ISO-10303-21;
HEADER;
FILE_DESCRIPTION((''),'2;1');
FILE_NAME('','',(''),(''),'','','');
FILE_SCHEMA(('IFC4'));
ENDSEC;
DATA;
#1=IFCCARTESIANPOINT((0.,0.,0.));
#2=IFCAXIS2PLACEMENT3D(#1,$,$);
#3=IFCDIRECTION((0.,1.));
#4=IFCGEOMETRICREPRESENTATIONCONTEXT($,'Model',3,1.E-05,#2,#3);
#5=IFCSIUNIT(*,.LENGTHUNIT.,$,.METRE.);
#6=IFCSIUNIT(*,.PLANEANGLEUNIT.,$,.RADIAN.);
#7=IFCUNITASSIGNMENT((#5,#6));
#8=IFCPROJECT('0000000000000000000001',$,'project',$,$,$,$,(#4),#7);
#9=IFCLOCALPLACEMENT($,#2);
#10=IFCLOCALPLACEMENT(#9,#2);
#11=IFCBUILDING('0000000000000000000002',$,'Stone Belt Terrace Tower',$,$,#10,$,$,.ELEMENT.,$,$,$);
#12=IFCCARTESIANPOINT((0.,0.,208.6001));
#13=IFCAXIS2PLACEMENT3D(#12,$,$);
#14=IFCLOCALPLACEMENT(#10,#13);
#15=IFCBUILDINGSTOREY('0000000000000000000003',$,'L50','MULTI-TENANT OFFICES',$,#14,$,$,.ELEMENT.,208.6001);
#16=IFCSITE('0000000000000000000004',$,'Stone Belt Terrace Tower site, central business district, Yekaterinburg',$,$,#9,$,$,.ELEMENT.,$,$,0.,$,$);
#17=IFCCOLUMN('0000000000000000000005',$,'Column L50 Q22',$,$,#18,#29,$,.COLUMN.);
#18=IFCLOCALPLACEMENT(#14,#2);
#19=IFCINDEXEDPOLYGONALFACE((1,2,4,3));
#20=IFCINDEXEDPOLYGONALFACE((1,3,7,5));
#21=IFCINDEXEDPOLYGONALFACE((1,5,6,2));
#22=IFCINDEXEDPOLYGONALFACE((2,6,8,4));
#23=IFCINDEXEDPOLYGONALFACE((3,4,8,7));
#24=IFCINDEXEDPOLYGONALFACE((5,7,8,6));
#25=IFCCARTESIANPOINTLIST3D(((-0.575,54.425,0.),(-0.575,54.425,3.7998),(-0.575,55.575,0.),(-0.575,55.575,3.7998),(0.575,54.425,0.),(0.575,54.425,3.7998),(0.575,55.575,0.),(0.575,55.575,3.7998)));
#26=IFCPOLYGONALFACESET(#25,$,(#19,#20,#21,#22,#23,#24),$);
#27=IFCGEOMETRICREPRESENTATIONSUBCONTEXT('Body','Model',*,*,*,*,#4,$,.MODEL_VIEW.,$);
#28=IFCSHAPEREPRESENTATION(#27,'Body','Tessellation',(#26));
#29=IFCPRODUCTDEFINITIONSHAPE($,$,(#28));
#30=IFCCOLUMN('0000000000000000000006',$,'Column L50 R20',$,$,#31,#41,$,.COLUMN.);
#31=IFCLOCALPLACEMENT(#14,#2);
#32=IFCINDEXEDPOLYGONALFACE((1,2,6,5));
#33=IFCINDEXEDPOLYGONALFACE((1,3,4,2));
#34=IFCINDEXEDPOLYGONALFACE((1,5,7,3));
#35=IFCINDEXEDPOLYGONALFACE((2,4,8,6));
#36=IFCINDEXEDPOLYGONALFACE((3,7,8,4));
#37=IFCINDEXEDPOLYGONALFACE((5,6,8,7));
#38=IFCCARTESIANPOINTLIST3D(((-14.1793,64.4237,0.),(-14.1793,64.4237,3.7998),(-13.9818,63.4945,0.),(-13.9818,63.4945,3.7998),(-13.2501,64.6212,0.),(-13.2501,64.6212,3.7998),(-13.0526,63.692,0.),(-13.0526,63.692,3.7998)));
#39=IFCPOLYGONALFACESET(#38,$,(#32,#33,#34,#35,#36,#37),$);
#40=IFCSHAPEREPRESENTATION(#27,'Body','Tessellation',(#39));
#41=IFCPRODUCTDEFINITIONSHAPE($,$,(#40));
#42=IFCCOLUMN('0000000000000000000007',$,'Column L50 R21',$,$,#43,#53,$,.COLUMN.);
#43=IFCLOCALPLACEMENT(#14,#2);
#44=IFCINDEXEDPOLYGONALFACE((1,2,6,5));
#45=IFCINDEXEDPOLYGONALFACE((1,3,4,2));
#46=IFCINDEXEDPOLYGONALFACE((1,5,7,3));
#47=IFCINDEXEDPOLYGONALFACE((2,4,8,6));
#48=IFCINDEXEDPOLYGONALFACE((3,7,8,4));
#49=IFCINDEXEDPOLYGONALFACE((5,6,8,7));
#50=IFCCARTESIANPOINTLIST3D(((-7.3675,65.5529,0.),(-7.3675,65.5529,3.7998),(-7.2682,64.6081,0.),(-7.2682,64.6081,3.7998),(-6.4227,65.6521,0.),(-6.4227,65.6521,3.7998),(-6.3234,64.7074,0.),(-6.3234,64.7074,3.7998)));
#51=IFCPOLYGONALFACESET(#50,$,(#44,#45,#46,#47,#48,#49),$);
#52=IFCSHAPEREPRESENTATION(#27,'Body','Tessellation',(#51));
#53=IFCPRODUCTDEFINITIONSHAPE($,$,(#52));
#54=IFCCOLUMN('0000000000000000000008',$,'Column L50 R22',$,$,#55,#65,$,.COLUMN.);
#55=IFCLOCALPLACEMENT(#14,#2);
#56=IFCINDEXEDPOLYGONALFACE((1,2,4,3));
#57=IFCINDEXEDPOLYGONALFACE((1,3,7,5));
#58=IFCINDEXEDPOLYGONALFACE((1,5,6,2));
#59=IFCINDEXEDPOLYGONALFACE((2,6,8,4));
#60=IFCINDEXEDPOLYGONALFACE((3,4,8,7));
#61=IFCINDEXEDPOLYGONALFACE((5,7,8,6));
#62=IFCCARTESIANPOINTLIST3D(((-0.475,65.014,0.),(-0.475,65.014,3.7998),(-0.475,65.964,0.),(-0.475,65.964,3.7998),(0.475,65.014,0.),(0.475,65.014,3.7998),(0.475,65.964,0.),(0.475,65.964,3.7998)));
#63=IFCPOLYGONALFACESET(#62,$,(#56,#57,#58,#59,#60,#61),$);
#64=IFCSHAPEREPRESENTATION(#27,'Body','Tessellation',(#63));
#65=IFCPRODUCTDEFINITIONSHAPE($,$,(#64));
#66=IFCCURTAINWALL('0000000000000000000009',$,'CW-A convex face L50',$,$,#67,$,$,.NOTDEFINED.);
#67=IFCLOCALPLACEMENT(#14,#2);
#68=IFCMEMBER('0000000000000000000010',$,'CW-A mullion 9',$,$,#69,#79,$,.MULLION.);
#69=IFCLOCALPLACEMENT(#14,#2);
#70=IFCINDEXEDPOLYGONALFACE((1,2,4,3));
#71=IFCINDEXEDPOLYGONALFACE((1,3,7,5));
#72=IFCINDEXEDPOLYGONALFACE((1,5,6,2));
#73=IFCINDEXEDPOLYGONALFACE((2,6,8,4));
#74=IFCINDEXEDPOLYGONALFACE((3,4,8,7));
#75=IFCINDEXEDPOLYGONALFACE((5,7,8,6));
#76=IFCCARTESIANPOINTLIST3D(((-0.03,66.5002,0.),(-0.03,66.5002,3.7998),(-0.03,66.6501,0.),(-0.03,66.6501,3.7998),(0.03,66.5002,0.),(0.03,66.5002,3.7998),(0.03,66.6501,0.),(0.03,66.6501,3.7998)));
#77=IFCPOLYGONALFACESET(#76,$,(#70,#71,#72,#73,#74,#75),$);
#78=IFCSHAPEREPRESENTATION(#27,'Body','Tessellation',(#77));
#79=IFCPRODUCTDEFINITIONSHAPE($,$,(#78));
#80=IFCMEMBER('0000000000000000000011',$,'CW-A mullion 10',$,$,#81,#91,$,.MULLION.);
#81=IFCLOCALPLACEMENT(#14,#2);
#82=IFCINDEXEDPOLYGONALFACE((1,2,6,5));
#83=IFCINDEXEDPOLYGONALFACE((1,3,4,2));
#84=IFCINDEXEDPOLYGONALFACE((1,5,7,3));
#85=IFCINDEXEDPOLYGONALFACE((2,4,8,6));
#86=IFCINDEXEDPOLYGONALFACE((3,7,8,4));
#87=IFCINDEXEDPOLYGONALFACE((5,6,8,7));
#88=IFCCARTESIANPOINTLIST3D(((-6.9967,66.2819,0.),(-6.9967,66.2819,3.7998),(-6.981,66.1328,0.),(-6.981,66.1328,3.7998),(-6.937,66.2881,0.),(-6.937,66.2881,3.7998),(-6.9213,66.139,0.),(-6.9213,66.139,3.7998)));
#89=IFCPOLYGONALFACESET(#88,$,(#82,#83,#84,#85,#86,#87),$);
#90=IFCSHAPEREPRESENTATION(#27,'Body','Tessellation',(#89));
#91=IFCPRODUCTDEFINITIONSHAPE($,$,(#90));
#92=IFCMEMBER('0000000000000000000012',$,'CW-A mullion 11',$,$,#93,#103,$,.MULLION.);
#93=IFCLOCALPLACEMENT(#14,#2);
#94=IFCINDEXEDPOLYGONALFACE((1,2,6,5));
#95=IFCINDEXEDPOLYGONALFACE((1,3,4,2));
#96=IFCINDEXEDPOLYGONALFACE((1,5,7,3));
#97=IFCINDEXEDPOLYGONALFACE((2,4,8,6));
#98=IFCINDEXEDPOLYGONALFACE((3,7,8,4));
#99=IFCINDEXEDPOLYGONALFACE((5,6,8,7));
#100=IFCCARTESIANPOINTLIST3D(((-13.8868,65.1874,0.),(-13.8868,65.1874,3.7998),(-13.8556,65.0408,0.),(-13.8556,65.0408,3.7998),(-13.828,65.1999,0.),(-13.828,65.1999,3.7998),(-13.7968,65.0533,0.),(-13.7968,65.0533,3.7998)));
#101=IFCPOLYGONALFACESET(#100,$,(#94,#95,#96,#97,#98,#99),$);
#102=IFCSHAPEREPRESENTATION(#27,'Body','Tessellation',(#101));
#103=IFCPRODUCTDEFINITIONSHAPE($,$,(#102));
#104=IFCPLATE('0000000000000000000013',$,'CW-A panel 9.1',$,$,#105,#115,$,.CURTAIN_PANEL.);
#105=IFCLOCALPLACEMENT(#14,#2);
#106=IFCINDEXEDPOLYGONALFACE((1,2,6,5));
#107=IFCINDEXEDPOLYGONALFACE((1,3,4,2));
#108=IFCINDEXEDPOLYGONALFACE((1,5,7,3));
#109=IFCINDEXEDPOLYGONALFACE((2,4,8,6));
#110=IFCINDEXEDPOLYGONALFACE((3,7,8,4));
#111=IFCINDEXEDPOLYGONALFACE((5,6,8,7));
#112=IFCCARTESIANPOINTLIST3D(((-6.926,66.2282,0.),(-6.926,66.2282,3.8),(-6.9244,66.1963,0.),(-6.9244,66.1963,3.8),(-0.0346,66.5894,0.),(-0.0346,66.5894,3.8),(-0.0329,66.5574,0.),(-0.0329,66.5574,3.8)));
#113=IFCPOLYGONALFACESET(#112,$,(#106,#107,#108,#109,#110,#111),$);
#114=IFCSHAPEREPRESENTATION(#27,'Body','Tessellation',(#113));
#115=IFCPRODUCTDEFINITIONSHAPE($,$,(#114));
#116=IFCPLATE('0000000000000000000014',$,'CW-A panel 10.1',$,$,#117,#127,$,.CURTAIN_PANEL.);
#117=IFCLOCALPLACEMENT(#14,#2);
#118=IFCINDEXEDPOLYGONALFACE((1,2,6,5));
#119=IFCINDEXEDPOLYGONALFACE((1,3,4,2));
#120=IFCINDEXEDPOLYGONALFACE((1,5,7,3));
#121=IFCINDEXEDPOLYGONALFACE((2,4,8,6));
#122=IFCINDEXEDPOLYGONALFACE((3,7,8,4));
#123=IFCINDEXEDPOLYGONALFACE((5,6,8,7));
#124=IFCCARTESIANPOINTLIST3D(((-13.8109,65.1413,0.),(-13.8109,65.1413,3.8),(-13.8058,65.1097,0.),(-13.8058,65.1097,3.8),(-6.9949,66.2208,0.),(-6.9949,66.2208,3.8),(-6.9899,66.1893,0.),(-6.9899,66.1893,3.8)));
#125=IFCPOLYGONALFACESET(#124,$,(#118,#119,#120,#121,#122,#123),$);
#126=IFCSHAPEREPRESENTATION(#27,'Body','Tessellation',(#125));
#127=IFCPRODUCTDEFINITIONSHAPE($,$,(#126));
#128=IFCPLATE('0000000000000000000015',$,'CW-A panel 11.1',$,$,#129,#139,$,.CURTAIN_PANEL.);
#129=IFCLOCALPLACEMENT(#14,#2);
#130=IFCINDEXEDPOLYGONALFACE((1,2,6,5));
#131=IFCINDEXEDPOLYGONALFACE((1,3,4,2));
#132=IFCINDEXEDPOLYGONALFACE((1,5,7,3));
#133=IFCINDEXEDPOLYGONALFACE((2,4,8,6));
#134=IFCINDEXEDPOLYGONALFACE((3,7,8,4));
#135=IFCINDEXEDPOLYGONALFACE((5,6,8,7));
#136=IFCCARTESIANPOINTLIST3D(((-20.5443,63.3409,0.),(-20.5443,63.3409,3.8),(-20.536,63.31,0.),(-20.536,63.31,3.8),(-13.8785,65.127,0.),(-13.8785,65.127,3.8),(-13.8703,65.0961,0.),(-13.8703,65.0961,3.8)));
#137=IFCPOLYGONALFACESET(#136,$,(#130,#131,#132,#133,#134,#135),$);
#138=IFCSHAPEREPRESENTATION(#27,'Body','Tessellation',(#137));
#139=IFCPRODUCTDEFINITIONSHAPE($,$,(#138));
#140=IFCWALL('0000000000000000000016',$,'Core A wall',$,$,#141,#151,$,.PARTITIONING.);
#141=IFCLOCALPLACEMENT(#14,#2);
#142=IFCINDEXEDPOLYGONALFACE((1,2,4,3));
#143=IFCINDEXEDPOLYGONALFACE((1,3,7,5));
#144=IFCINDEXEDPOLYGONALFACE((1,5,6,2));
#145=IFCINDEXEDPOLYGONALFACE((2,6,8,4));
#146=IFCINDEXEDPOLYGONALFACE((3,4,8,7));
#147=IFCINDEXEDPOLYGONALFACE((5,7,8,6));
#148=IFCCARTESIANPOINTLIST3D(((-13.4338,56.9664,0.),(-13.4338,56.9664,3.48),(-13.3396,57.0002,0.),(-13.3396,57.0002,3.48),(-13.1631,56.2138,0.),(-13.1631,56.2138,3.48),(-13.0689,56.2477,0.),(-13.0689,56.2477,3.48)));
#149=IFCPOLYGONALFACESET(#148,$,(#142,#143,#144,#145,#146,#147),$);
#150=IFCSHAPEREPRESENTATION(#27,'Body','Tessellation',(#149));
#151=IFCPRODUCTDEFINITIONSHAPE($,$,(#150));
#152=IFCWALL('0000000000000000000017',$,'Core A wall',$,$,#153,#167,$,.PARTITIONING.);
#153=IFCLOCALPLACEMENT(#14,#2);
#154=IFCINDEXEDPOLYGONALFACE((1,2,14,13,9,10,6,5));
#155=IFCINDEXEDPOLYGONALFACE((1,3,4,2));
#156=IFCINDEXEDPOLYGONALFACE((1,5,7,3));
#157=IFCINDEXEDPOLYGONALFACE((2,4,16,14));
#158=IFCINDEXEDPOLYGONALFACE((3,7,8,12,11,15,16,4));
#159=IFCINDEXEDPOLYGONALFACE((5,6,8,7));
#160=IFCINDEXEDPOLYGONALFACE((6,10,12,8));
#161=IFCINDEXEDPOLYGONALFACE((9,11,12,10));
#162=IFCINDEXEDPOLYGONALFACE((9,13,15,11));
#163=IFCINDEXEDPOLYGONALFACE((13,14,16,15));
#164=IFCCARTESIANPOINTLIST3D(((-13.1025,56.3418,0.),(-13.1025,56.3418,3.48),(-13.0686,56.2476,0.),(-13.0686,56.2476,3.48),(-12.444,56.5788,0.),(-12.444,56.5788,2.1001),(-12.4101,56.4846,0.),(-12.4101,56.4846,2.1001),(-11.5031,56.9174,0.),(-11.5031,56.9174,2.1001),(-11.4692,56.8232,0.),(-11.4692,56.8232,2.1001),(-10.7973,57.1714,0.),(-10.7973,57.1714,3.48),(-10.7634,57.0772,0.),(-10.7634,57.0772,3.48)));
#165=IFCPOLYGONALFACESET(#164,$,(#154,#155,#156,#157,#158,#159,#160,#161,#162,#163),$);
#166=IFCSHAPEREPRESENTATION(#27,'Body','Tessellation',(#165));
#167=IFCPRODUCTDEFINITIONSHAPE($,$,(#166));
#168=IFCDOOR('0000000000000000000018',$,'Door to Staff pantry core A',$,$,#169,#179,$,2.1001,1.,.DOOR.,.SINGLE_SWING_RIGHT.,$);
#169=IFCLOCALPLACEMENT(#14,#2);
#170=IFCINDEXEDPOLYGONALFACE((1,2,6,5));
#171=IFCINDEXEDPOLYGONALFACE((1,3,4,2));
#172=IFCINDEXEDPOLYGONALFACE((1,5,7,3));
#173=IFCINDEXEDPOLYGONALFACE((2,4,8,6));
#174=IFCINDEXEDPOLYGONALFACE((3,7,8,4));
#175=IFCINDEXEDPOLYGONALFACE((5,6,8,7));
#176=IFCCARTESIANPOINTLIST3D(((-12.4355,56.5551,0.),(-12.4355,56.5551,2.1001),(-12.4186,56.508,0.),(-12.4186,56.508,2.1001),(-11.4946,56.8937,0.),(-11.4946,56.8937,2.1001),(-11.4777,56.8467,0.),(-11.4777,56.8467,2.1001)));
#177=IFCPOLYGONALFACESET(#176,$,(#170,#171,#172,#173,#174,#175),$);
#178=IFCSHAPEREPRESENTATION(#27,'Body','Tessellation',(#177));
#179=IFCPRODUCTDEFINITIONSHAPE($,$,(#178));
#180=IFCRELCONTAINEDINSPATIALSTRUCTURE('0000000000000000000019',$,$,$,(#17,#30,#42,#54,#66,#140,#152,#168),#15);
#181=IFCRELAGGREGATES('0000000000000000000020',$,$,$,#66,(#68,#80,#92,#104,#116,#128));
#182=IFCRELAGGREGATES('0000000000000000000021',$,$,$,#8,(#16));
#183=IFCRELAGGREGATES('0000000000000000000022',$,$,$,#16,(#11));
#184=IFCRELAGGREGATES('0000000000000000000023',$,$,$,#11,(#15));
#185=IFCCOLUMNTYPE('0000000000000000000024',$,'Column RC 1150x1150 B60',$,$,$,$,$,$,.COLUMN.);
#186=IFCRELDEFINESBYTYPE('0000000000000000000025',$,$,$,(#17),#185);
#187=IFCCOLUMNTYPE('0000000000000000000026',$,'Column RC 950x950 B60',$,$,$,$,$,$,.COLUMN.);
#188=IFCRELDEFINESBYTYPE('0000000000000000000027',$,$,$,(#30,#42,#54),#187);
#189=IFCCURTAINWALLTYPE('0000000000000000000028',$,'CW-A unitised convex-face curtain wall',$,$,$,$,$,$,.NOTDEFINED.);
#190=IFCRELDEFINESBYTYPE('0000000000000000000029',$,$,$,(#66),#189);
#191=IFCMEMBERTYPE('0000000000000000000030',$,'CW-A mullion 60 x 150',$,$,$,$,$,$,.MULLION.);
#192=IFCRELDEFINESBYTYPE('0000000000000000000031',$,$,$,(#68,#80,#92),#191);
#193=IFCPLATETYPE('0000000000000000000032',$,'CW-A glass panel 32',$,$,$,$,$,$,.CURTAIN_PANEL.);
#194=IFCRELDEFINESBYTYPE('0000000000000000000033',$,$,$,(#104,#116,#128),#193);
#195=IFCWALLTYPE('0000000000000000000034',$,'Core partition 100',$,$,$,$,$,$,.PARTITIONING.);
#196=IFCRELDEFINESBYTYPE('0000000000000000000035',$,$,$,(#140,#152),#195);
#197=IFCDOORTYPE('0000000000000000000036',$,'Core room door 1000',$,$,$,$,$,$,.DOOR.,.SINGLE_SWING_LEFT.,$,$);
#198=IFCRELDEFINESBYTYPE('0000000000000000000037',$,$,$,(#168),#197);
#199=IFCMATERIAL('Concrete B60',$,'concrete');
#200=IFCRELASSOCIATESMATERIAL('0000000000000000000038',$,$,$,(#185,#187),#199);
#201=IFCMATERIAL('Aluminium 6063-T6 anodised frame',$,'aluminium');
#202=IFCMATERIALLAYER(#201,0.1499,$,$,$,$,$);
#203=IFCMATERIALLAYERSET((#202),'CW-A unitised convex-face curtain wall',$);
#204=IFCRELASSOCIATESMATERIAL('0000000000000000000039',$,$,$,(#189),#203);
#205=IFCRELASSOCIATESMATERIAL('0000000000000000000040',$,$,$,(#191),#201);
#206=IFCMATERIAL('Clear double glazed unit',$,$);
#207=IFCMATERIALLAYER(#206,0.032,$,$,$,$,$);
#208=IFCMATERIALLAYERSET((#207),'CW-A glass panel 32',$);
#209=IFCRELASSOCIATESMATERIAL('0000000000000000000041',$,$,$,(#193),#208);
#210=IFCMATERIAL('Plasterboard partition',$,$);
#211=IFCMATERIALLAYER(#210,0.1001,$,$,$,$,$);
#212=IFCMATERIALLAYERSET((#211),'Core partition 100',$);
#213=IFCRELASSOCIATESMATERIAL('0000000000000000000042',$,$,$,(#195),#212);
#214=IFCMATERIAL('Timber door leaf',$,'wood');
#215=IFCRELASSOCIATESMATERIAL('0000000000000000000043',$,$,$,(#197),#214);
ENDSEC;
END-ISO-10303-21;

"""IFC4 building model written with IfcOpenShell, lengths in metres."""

from ifc_helpers import new_model, si_unit, direction, frame, frame_2d, origin, origin_2d, place, context, subcontext, project, spatial, rectangle, extrude, material, layer, layer_set, material_profile, profile_set, type_object, element, fill, aggregate, save


model = new_model("IFC4")

# Units and contexts
model_context = context("Model", 3, precision=1e-05, world=origin(), true_north=direction((0.0, 1.0)))
body_context = subcontext(model_context, "Body", "Model", "MODEL_VIEW")
ifc_project = project(units=[si_unit("LENGTHUNIT", "METRE"), si_unit("PLANEANGLEUNIT", "RADIAN")], contexts=[model_context])

# Site, building, storey
site_placement = place(None, origin())
site = spatial("IfcSite", under=ifc_project, at=site_placement, Name="Stone Belt Terrace Tower site, central business district, Yekaterinburg", CompositionType="ELEMENT", RefElevation=0.0)
building_placement = place(site_placement, origin())
building = spatial("IfcBuilding", under=site, at=building_placement, Name="Stone Belt Terrace Tower", CompositionType="ELEMENT")
storey_placement = place(building_placement, frame((0.0, 0.0, 208.6001)))
storey = spatial("IfcBuildingStorey", under=building, at=storey_placement, Name="L50", Description="MULTI-TENANT OFFICES", CompositionType="ELEMENT", Elevation=208.6001)

# Columns
ifc_material_1 = material(Name="Concrete B60", Category="concrete")
ifc_material_profile_1 = material_profile(ifc_material_1, rectangle(XDim=1.1499, YDim=1.1499, at=origin_2d()), Name="RC 1150x1150")
ifc_profile_set_1 = profile_set([ifc_material_profile_1], Name="Concrete B60")
column_type_1 = type_object("IfcColumnType", Name="Column RC 1150x1150 B60", PredefinedType="COLUMN", material=ifc_profile_set_1)
column_placement = place(storey_placement, frame((0.0, 55.0, 0.0), z_axis=(0.0, 0.0, 1.0), x_axis=(1.0, 0.0, 0.0)))
element("IfcColumn", 1, at=column_placement, inside=storey, type_object=column_type_1, Name="Column L50 Q22", PredefinedType="COLUMN", context=body_context, shape_type="SweptSolid", body=[
    extrude(rectangle(XDim=1.1499, YDim=1.1499, at=origin_2d()), origin(), (0.0, 0.0, 1.0), 3.7998),
])
ifc_material_profile_2 = material_profile(ifc_material_1, rectangle(XDim=0.95, YDim=0.95, at=origin_2d()), Name="RC 950x950")
ifc_profile_set_2 = profile_set([ifc_material_profile_2], Name="Concrete B60")
column_type_2 = type_object("IfcColumnType", Name="Column RC 950x950 B60", PredefinedType="COLUMN", material=ifc_profile_set_2)
for number, where, z_axis, x_axis, name in (
    (2, (-13.616, 64.0579, 0.0), (0.0, 0.0, 1.0), (0.978148, 0.207912, 0.0), "Column L50 R20"),
    (3, (-6.8455, 65.1301, 0.0), (0.0, 0.0, 1.0), (0.994522, 0.104528, 0.0), "Column L50 R21"),
    (4, (0.0, 65.489, 0.0), (0.0, 0.0, 1.0), (1.0, 0.0, 0.0), "Column L50 R22"),
):
    element("IfcColumn", number, at=place(storey_placement, frame(where, z_axis=z_axis, x_axis=x_axis)), inside=storey, type_object=column_type_2, Name=name, PredefinedType="COLUMN", context=body_context, shape_type="SweptSolid", body=[
        extrude(rectangle(XDim=0.95, YDim=0.95, at=origin_2d()), origin(), (0.0, 0.0, 1.0), 3.7998),
    ])

# Curtain wall, members, plates
ifc_material_2 = material(Name="Aluminium 6063-T6 anodised frame", Category="aluminium")
ifc_layer_1 = layer(ifc_material_2, 0.1499)
ifc_layer_set_1 = layer_set([ifc_layer_1], Name="CW-A unitised convex-face curtain wall")
curtain_wall_type = type_object("IfcCurtainWallType", Name="CW-A unitised convex-face curtain wall", PredefinedType="NOTDEFINED", material=ifc_layer_set_1)
curtain_wall_placement = place(storey_placement, origin())
curtain_wall = element("IfcCurtainWall", 5, at=curtain_wall_placement, inside=storey, type_object=curtain_wall_type, Name="CW-A convex face L50", PredefinedType="NOTDEFINED")
ifc_material_profile_3 = material_profile(ifc_material_2, rectangle(XDim=0.1499, YDim=0.0601, at=origin_2d()), Name="Aluminium 6063-T6 60x150")
ifc_profile_set_3 = profile_set([ifc_material_profile_3], Name="Aluminium 6063-T6 anodised frame")
member_type = type_object("IfcMemberType", Name="CW-A mullion 60 x 150", PredefinedType="MULLION", material=ifc_profile_set_3)
member_1_placement = place(storey_placement, frame((0.0, 66.5752, 0.0), z_axis=(0.0, 0.0, 1.0), x_axis=(0.0, -1.0, 0.0)))
member_1 = element("IfcMember", 6, at=member_1_placement, type_object=member_type, Name="CW-A mullion 9", PredefinedType="MULLION", context=body_context, shape_type="SweptSolid", body=[
    extrude(rectangle(XDim=0.1499, YDim=0.0601, at=origin_2d()), origin(), (0.0, 0.0, 1.0), 3.7998),
])
member_2_placement = place(storey_placement, frame((-6.959, 66.2104, 0.0), z_axis=(0.0, 0.0, 1.0), x_axis=(0.104528, -0.994522, 0.0)))
member_2 = element("IfcMember", 7, at=member_2_placement, type_object=member_type, Name="CW-A mullion 10", PredefinedType="MULLION", context=body_context, shape_type="SweptSolid", body=[
    extrude(rectangle(XDim=0.1499, YDim=0.0601, at=origin_2d()), origin(), (0.0, 0.0, 1.0), 3.7998),
])
member_3_placement = place(storey_placement, frame((-13.8418, 65.1204, 0.0), z_axis=(0.0, 0.0, 1.0), x_axis=(0.207912, -0.978148, 0.0)))
member_3 = element("IfcMember", 8, at=member_3_placement, type_object=member_type, Name="CW-A mullion 11", PredefinedType="MULLION", context=body_context, shape_type="SweptSolid", body=[
    extrude(rectangle(XDim=0.1499, YDim=0.0601, at=origin_2d()), origin(), (0.0, 0.0, 1.0), 3.7998),
])
ifc_material_3 = material(Name="Clear double glazed unit")
ifc_layer_2 = layer(ifc_material_3, 0.032)
ifc_layer_set_2 = layer_set([ifc_layer_2], Name="CW-A glass panel 32")
plate_type = type_object("IfcPlateType", Name="CW-A glass panel 32", PredefinedType="CURTAIN_PANEL", material=ifc_layer_set_2)
plate_1_placement = place(storey_placement, frame((-3.4795, 66.3928, 0.0), z_axis=(0.0, 0.0, 1.0), x_axis=(-0.99863, -0.052336, 0.0)))
plate_1 = element("IfcPlate", 9, at=plate_1_placement, type_object=plate_type, Name="CW-A panel 9.1", PredefinedType="CURTAIN_PANEL", context=body_context, shape_type="SweptSolid", body=[
    extrude(rectangle(XDim=6.9009, YDim=0.032, at=origin_2d()), origin(), (0.0, 0.0, 1.0), 3.8),
])
plate_2_placement = place(storey_placement, frame((-10.4004, 65.6653, 0.0), z_axis=(0.0, 0.0, 1.0), x_axis=(-0.987688, -0.156434, 0.0)))
plate_2 = element("IfcPlate", 10, at=plate_2_placement, type_object=plate_type, Name="CW-A panel 10.1", PredefinedType="CURTAIN_PANEL", context=body_context, shape_type="SweptSolid", body=[
    extrude(rectangle(XDim=6.9009, YDim=0.032, at=origin_2d()), origin(), (0.0, 0.0, 1.0), 3.8),
])
plate_3_placement = place(storey_placement, frame((-17.2073, 64.2185, 0.0), z_axis=(0.0, 0.0, 1.0), x_axis=(-0.965926, -0.258819, 0.0)))
plate_3 = element("IfcPlate", 11, at=plate_3_placement, type_object=plate_type, Name="CW-A panel 11.1", PredefinedType="CURTAIN_PANEL", context=body_context, shape_type="SweptSolid", body=[
    extrude(rectangle(XDim=6.9009, YDim=0.032, at=origin_2d()), origin(), (0.0, 0.0, 1.0), 3.8),
])
aggregate(curtain_wall, [member_1, member_2, member_3, plate_1, plate_2, plate_3])

# Wall
ifc_material_4 = material(Name="Plasterboard partition")
ifc_layer_3 = layer(ifc_material_4, 0.1001)
ifc_layer_set_3 = layer_set([ifc_layer_3], Name="Core partition 100")
wall_type_1 = type_object("IfcWallType", Name="Core partition 100", PredefinedType="PARTITIONING", material=ifc_layer_set_3)
wall_1_placement = place(storey_placement, frame((-13.116, 56.2307, 0.0), z_axis=(0.0, 0.0, 1.0), x_axis=(-0.338482, 0.940973, 0.0)))
element("IfcWall", 12, at=wall_1_placement, inside=storey, type_object=wall_type_1, Name="Core A wall", PredefinedType="PARTITIONING", context=body_context, shape_type="SweptSolid", body=[
    extrude(rectangle(XDim=0.7998, YDim=0.1001, at=frame_2d((0.3999, 0.0))), origin(), (0.0, 0.0, 1.0), 3.48),
])

# Wall, opening, door
wall_2_placement = place(storey_placement, frame((-13.0857, 56.2947, 0.0), z_axis=(0.0, 0.0, 1.0), x_axis=(0.940923, 0.338621, 0.0)))
wall_2 = element("IfcWall", 13, at=wall_2_placement, inside=storey, type_object=wall_type_1, Name="Core A wall", PredefinedType="PARTITIONING", context=body_context, shape_type="SweptSolid", body=[
    extrude(rectangle(XDim=2.45, YDim=0.1001, at=frame_2d((1.2251, 0.0))), origin(), (0.0, 0.0, 1.0), 3.48),
])
opening_1_placement = place(wall_2_placement, frame((0.7, 0.0, 0.0)))
opening_1 = element("IfcOpeningElement", 14, at=opening_1_placement, cuts=wall_2, PredefinedType="OPENING", context=body_context, shape_type="SweptSolid", body=[
    extrude(rectangle(XDim=1.0, YDim=2.1001, at=frame_2d((0.5, 1.05))), frame((0.0, 0.0601, 0.0), z_axis=(0.0, -1.0, 0.0), x_axis=(1.0, 0.0, 0.0)), (0.0, 0.0, 1.0), 0.1201),
])
ifc_material_5 = material(Name="Timber door leaf", Category="wood")
door_type_1 = type_object("IfcDoorType", Name="Core room door 1000", OperationType="SINGLE_SWING_LEFT", PredefinedType="DOOR", material=ifc_material_5)
door_1_placement = place(opening_1_placement, origin())
door_1 = element("IfcDoor", 15, at=door_1_placement, inside=storey, type_object=door_type_1, Name="Door to Staff pantry core A", OperationType="SINGLE_SWING_RIGHT", OverallHeight=2.1001, OverallWidth=1.0, PredefinedType="DOOR", context=body_context, shape_type="SweptSolid", body=[
    extrude(rectangle(XDim=1.0, YDim=2.1001, at=frame_2d((0.5, 1.05))), frame((0.0, 0.0249, 0.0), z_axis=(0.0, -1.0, 0.0), x_axis=(1.0, 0.0, 0.0)), (0.0, 0.0, 1.0), 0.05),
])
fill(opening_1, door_1)

save(model, "model.ifc")
